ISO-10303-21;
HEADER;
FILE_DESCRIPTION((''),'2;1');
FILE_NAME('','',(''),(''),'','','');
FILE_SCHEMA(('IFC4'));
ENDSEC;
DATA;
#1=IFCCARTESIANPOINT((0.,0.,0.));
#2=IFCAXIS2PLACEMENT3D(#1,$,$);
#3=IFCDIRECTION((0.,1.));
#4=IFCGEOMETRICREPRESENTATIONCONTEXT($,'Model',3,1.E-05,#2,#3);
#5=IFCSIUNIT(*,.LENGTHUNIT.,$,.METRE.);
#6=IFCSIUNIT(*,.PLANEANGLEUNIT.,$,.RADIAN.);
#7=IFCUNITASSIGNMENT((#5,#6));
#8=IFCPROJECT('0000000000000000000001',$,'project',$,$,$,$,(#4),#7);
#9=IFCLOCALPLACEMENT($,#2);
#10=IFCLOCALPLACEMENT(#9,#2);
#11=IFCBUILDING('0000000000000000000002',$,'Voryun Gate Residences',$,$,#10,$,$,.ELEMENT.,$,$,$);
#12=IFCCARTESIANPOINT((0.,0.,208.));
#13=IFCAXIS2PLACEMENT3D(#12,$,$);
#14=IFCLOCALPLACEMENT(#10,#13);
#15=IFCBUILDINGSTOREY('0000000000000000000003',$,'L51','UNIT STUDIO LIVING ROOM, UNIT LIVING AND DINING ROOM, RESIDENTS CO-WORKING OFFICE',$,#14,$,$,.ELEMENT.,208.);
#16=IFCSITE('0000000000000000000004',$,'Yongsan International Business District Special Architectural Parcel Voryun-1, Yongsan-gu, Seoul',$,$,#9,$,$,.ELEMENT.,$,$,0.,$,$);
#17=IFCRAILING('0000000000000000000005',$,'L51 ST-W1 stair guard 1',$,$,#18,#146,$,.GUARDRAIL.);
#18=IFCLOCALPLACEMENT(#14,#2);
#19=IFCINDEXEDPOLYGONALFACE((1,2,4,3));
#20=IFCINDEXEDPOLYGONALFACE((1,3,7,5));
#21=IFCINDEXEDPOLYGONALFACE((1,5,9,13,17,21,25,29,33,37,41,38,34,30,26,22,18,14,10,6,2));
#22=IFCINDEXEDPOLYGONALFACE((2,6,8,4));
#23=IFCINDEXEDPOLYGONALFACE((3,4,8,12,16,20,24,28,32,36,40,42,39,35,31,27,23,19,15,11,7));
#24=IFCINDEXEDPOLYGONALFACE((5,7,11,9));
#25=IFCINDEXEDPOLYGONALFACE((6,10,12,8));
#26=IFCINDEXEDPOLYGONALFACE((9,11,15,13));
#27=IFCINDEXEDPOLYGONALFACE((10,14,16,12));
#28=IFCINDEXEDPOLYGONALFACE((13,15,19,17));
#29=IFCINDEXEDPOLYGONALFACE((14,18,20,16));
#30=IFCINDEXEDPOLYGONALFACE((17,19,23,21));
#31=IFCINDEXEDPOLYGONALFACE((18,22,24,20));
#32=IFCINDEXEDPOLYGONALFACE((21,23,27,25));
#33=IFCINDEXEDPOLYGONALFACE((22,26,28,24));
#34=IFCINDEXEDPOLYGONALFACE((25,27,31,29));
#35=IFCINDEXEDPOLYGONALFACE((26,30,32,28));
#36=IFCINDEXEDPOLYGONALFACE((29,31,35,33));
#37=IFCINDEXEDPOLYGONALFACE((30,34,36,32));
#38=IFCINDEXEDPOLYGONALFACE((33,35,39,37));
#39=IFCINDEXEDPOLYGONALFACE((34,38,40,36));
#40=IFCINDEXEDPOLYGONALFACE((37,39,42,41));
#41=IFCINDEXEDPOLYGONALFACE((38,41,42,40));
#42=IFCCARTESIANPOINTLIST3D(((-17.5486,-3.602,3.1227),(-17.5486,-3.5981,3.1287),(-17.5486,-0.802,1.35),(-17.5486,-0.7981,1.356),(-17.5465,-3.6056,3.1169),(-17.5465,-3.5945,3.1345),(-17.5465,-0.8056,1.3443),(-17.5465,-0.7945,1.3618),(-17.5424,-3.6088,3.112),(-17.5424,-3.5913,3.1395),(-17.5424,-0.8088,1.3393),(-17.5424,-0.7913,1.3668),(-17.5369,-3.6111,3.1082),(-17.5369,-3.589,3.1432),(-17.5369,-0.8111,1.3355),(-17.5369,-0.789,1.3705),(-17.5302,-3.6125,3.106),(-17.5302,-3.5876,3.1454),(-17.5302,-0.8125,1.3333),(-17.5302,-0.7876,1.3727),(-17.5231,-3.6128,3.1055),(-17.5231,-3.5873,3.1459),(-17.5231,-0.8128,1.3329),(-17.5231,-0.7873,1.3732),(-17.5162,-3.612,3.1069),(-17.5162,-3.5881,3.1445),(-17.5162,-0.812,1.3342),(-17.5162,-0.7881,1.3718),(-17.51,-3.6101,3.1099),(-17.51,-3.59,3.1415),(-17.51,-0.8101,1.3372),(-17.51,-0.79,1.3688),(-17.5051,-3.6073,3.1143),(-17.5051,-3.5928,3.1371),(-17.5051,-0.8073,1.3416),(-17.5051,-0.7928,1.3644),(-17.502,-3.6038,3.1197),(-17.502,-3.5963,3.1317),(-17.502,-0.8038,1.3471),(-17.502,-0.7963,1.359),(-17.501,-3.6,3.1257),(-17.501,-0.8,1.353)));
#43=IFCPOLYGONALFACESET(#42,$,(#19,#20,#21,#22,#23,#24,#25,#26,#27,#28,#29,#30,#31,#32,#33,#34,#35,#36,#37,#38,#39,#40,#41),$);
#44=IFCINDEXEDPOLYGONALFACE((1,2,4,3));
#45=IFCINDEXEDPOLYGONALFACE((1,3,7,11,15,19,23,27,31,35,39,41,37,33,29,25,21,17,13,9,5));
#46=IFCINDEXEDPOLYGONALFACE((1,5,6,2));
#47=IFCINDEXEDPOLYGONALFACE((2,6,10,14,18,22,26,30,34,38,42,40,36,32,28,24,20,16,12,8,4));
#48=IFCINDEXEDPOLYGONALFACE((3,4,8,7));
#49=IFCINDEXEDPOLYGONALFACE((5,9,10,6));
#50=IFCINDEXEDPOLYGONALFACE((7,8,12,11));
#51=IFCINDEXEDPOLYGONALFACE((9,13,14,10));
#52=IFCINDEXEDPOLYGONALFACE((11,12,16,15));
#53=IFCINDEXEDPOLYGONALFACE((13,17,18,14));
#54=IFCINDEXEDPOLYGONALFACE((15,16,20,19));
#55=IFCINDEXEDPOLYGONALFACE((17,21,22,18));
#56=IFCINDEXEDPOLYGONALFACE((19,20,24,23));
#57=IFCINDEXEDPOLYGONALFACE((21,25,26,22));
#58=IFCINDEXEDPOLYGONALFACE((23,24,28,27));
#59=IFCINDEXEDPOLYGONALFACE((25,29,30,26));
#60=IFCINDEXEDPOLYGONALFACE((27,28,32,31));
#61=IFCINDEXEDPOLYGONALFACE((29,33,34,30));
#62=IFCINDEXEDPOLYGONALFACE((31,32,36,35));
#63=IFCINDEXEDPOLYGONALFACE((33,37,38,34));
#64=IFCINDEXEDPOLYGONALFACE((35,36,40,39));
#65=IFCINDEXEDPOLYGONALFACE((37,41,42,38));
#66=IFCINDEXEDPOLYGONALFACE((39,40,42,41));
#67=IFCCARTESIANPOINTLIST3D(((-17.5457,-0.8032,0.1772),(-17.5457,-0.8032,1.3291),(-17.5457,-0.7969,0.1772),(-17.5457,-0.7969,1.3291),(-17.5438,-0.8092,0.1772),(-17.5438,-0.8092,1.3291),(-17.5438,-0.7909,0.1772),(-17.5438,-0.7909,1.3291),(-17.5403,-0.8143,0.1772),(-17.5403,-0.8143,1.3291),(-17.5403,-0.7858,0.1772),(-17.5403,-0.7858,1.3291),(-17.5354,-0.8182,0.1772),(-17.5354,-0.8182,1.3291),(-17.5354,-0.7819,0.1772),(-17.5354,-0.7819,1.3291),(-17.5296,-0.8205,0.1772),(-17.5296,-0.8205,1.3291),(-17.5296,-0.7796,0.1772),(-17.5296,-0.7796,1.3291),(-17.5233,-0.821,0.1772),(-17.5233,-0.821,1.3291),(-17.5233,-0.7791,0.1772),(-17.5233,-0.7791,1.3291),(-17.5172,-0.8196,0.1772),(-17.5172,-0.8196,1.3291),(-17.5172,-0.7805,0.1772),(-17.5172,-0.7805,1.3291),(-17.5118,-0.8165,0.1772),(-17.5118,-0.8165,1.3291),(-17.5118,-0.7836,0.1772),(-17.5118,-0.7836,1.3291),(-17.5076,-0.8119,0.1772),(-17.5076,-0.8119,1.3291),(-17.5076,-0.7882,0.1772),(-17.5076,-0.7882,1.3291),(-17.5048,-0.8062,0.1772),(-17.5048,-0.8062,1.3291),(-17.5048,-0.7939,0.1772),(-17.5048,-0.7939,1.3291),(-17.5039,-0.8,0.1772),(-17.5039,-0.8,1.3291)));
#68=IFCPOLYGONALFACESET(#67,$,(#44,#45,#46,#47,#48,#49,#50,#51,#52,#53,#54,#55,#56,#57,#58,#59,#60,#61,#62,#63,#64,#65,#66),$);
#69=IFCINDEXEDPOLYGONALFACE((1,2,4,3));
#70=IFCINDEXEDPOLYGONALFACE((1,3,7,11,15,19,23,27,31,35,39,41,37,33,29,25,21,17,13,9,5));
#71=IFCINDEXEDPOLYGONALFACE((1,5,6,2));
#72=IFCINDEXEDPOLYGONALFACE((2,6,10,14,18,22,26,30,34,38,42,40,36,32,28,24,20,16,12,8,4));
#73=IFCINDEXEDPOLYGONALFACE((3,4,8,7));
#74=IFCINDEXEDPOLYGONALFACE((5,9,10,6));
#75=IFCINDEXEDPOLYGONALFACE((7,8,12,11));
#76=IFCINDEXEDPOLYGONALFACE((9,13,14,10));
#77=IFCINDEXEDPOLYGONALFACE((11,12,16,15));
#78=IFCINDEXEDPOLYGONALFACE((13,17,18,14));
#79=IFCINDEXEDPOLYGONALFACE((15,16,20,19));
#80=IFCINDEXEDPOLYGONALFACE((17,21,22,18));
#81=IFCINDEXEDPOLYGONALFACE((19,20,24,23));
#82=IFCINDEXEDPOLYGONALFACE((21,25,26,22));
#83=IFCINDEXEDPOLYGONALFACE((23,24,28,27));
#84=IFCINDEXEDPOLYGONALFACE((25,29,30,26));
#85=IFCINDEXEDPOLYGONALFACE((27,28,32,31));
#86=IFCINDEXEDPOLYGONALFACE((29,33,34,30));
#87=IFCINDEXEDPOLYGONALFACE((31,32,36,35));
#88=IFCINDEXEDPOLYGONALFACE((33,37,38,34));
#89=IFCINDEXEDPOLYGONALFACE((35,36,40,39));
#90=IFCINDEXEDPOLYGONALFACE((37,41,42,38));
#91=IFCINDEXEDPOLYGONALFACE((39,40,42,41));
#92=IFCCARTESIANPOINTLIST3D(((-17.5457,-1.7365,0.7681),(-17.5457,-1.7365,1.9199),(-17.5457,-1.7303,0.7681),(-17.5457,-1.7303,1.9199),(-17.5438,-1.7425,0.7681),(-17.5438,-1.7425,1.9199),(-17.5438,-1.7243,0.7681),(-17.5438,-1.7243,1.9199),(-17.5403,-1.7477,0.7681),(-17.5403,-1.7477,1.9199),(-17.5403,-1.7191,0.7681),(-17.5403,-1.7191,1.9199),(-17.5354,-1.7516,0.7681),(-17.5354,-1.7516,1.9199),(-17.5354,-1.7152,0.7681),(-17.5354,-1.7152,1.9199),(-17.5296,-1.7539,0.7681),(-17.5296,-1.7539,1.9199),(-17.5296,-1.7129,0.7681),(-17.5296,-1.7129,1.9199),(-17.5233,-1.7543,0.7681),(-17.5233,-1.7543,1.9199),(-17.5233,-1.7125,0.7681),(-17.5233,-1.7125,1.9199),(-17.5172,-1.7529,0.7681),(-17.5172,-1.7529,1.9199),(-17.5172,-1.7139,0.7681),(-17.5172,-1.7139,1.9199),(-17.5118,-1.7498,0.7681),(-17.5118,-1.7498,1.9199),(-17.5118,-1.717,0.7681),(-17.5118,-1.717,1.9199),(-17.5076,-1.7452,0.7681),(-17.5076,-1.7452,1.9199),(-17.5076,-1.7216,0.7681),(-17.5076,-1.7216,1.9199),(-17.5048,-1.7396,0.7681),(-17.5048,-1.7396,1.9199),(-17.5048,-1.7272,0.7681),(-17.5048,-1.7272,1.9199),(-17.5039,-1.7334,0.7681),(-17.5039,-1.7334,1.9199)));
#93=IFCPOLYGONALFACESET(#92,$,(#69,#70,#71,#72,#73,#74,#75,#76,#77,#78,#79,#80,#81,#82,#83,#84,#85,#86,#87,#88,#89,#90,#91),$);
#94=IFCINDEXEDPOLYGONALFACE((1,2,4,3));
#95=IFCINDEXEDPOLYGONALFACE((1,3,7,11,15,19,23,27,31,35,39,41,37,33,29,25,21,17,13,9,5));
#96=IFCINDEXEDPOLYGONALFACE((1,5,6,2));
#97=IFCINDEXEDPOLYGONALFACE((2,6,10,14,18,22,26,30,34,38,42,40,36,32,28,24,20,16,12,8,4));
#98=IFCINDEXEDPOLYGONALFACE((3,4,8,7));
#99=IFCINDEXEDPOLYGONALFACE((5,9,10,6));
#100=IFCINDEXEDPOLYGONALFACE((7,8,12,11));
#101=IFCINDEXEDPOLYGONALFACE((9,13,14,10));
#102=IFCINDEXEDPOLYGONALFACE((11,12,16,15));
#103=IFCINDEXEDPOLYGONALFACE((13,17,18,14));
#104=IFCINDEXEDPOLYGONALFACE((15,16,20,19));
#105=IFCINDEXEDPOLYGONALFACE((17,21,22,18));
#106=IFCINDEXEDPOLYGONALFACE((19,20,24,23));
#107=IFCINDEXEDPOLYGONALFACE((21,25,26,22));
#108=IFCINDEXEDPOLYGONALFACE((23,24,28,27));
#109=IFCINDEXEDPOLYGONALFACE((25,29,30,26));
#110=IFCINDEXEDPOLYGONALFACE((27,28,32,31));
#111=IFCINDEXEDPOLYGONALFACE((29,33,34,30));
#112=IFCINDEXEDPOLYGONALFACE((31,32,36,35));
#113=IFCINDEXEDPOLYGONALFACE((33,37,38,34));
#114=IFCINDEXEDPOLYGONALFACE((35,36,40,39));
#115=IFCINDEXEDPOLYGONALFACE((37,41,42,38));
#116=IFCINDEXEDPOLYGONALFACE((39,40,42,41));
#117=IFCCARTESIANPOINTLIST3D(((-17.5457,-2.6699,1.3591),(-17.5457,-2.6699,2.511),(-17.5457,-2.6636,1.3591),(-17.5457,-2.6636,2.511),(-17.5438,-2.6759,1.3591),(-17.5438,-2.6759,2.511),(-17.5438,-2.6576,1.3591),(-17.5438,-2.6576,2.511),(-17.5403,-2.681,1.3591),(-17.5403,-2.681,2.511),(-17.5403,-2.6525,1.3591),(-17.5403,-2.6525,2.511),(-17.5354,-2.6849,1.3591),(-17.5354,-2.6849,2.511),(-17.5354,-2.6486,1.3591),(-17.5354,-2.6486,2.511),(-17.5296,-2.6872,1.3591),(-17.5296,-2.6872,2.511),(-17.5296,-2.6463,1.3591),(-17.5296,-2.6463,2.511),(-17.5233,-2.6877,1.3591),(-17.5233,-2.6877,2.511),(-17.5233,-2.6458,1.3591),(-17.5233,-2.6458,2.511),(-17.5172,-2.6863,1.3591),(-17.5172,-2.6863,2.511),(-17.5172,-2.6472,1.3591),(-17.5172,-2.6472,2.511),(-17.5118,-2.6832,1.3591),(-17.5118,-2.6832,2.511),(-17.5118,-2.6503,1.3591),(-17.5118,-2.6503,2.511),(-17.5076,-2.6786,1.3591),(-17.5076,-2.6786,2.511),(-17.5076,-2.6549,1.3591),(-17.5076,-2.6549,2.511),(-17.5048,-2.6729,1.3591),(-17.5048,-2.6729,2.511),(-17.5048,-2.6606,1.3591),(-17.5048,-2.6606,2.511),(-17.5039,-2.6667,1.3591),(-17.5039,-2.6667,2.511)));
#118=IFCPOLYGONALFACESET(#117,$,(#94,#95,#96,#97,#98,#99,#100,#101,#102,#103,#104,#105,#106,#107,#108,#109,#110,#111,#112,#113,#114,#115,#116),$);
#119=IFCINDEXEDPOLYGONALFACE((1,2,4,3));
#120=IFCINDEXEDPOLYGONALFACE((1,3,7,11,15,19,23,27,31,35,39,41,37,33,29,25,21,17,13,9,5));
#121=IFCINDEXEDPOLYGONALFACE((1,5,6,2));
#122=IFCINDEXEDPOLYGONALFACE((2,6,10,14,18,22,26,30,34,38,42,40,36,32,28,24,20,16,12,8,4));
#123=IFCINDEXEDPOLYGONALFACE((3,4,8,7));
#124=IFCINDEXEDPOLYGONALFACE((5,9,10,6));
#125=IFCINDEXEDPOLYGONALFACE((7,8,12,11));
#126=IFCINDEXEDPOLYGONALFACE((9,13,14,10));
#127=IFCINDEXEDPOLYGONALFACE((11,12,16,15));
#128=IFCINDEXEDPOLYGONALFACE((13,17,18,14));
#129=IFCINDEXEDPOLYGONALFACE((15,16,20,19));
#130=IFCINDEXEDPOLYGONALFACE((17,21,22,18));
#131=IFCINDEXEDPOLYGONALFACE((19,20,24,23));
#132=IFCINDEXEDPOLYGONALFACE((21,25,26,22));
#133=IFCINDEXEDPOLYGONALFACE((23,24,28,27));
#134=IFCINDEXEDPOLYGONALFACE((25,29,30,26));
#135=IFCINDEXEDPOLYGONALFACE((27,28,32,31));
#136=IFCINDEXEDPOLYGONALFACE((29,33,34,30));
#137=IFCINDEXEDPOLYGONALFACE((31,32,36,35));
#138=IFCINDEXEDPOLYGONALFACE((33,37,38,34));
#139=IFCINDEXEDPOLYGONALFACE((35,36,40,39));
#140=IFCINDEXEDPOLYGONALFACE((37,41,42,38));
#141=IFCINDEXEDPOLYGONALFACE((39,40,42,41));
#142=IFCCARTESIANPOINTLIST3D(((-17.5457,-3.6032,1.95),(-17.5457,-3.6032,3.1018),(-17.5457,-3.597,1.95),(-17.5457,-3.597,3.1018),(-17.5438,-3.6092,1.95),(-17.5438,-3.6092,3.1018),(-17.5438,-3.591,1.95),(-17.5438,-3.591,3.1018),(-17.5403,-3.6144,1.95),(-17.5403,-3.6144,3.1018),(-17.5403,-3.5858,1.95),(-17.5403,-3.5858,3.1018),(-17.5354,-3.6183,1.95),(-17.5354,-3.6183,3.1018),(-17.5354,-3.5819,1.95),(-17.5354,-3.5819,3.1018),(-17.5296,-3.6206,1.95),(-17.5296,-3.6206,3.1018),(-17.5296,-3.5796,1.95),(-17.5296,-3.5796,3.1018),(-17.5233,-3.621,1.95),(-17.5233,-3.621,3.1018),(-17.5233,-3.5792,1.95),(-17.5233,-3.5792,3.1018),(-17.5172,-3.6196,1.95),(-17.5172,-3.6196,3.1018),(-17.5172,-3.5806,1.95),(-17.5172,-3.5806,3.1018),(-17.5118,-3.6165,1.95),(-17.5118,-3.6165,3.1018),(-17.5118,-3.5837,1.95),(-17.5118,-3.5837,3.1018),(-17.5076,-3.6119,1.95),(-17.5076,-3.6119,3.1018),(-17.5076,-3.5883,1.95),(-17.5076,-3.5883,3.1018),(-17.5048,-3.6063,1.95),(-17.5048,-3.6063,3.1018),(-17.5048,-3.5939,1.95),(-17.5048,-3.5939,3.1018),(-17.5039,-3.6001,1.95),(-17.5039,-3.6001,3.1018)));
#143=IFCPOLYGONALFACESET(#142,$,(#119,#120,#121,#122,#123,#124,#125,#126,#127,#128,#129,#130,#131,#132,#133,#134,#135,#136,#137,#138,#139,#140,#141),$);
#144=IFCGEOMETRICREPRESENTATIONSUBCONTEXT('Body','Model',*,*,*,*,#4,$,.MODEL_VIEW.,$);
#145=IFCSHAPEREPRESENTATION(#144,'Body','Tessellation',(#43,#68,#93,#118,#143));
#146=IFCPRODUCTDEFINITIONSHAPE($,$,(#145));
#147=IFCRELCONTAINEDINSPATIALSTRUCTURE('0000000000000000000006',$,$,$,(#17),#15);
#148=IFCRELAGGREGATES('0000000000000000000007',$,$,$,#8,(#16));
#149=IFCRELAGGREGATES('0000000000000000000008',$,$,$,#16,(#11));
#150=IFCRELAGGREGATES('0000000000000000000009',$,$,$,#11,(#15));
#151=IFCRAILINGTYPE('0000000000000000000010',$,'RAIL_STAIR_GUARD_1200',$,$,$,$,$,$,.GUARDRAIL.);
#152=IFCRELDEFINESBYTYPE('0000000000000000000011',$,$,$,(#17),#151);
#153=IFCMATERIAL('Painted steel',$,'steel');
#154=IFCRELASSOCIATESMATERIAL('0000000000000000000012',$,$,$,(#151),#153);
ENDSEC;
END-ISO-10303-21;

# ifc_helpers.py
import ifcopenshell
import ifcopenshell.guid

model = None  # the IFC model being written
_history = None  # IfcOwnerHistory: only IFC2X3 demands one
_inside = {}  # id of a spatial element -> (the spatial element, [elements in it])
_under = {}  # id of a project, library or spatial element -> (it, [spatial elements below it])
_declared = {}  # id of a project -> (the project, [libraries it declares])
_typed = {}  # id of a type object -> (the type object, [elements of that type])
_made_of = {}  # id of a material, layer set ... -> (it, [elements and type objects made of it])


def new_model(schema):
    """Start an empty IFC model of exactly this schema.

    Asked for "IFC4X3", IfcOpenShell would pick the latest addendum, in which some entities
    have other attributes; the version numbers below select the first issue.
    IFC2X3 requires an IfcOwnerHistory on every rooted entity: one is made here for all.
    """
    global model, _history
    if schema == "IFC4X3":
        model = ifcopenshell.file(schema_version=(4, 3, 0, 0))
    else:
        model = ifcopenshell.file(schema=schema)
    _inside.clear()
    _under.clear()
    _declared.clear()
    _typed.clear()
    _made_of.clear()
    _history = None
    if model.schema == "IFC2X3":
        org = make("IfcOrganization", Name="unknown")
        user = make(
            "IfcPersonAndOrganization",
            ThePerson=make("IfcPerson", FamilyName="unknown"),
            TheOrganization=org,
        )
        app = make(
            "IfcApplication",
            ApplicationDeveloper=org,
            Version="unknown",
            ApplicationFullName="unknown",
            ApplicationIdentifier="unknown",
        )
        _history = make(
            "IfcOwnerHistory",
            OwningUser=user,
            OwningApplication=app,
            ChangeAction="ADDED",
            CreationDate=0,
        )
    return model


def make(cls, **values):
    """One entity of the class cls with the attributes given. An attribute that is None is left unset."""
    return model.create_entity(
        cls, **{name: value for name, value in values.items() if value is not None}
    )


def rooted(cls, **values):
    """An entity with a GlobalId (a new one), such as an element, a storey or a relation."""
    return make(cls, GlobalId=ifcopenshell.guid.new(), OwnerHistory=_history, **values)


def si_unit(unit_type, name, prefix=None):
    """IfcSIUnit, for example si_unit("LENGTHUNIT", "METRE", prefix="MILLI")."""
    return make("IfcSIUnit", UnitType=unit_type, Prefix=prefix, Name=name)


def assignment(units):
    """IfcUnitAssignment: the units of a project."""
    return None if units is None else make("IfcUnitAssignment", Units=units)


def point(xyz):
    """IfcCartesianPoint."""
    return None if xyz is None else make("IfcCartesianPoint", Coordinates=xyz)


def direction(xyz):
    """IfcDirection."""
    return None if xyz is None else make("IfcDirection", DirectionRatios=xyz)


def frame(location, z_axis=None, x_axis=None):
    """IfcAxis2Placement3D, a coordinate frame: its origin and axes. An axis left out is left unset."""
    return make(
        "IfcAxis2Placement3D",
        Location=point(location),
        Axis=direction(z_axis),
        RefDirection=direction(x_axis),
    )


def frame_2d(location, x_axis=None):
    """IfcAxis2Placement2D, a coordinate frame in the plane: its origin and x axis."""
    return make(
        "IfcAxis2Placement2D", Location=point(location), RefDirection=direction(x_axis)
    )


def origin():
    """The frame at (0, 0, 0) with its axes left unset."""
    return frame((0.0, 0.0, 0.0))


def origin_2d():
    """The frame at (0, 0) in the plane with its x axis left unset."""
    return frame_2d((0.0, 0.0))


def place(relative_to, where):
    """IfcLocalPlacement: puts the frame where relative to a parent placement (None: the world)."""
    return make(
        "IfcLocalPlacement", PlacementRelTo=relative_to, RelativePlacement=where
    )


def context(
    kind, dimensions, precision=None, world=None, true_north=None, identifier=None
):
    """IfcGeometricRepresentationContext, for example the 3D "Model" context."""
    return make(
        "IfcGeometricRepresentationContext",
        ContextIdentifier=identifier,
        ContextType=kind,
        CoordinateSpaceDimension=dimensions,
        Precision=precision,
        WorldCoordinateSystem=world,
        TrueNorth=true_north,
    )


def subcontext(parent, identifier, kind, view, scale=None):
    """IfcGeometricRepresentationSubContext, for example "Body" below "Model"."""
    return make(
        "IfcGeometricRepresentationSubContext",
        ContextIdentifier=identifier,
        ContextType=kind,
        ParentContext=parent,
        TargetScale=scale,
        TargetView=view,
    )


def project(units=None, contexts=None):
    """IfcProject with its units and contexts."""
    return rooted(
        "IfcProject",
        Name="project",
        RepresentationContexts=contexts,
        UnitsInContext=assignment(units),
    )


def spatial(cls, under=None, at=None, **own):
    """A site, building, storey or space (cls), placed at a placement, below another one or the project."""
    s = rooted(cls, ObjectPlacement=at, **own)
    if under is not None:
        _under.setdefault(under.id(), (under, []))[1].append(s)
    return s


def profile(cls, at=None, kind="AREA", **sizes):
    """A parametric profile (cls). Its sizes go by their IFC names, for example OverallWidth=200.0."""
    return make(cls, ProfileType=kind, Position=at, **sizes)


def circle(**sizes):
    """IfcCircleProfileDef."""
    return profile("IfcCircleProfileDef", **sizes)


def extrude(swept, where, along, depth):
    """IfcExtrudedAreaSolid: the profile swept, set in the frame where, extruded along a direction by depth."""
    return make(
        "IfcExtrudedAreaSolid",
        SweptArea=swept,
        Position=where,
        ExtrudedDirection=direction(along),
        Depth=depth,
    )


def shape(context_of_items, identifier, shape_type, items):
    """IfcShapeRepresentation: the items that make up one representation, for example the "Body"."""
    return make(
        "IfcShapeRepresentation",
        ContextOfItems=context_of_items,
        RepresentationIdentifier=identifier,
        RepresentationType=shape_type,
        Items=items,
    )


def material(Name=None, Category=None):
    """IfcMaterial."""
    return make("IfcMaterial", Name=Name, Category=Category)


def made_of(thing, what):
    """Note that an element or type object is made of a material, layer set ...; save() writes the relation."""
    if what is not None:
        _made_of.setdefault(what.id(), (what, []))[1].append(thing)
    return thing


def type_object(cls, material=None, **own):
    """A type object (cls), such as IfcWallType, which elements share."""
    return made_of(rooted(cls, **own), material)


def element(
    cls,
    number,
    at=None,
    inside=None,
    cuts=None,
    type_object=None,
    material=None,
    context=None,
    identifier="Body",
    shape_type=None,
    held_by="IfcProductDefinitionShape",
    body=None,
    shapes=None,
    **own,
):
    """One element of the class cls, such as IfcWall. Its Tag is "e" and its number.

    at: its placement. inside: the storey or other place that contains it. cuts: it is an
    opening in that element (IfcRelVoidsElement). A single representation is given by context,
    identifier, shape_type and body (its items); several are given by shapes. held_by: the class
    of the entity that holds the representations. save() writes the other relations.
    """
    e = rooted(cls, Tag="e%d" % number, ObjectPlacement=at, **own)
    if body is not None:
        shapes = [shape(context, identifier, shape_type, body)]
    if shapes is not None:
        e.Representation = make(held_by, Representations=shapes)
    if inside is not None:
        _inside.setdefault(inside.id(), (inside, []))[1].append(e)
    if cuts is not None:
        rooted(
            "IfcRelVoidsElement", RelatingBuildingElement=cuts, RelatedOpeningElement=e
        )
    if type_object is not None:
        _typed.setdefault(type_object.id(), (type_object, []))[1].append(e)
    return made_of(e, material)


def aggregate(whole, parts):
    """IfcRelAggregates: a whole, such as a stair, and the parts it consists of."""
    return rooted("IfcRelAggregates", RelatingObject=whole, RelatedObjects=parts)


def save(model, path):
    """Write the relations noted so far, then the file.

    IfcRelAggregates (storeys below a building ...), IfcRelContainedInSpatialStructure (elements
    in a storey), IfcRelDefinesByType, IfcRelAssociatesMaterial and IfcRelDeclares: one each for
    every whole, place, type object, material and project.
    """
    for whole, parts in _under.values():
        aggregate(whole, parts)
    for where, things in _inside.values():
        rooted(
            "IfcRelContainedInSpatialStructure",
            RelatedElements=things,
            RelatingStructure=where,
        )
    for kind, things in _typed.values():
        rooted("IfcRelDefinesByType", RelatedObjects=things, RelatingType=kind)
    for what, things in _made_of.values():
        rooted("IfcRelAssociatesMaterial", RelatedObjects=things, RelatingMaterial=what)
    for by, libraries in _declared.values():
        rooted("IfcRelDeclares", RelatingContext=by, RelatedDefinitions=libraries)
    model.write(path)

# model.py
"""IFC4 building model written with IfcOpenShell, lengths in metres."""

from ifc_helpers import new_model, si_unit, direction, frame, origin, origin_2d, place, context, subcontext, project, spatial, circle, extrude, material, type_object, element, save


model = new_model("IFC4")

# Units and contexts
model_context = context("Model", 3, precision=1e-05, world=origin(), true_north=direction((0.0, 1.0)))
body_context = subcontext(model_context, "Body", "Model", "MODEL_VIEW")
ifc_project = project(units=[si_unit("LENGTHUNIT", "METRE"), si_unit("PLANEANGLEUNIT", "RADIAN")], contexts=[model_context])

# Site, building, storey
site_placement = place(None, origin())
site = spatial("IfcSite", under=ifc_project, at=site_placement, Name="Yongsan International Business District Special Architectural Parcel Voryun-1, Yongsan-gu, Seoul", CompositionType="ELEMENT", RefElevation=0.0)
building_placement = place(site_placement, origin())
building = spatial("IfcBuilding", under=site, at=building_placement, Name="Voryun Gate Residences", CompositionType="ELEMENT")
storey_placement = place(building_placement, frame((0.0, 0.0, 208.0)))
storey = spatial("IfcBuildingStorey", under=building, at=storey_placement, Name="L51", Description="UNIT STUDIO LIVING ROOM, UNIT LIVING AND DINING ROOM, RESIDENTS CO-WORKING OFFICE", CompositionType="ELEMENT", Elevation=208.0)

# Railing
ifc_material_1 = material(Name="Painted steel", Category="steel")
railing_type_1 = type_object("IfcRailingType", Name="RAIL_STAIR_GUARD_1200", PredefinedType="GUARDRAIL", material=ifc_material_1)
railing_1_placement = place(storey_placement, frame((-17.5249, -0.8, 0.1772)))
element("IfcRailing", 1, at=railing_1_placement, inside=storey, type_object=railing_type_1, Name="L51 ST-W1 stair guard 1", PredefinedType="GUARDRAIL", context=body_context, shape_type="SweptSolid", body=[
    extrude(circle(Radius=0.0239, at=origin_2d()), frame((0.0, 0.0, 1.1758), z_axis=(0.0, -0.844909, 0.53491), x_axis=(1.0, 0.0, 0.0)), (0.0, 0.0, 1.0), 3.314),
    extrude(circle(Radius=0.021, at=origin_2d()), origin(), (0.0, 0.0, 1.0), 1.1519),
    extrude(circle(Radius=0.021, at=origin_2d()), frame((0.0, -0.9333, 0.5908)), (0.0, 0.0, 1.0), 1.1519),
    extrude(circle(Radius=0.021, at=origin_2d()), frame((0.0, -1.8667, 1.1819)), (0.0, 0.0, 1.0), 1.1519),
    extrude(circle(Radius=0.021, at=origin_2d()), frame((0.0, -2.8, 1.7727)), (0.0, 0.0, 1.0), 1.1519),
])

save(model, "model.ifc")
